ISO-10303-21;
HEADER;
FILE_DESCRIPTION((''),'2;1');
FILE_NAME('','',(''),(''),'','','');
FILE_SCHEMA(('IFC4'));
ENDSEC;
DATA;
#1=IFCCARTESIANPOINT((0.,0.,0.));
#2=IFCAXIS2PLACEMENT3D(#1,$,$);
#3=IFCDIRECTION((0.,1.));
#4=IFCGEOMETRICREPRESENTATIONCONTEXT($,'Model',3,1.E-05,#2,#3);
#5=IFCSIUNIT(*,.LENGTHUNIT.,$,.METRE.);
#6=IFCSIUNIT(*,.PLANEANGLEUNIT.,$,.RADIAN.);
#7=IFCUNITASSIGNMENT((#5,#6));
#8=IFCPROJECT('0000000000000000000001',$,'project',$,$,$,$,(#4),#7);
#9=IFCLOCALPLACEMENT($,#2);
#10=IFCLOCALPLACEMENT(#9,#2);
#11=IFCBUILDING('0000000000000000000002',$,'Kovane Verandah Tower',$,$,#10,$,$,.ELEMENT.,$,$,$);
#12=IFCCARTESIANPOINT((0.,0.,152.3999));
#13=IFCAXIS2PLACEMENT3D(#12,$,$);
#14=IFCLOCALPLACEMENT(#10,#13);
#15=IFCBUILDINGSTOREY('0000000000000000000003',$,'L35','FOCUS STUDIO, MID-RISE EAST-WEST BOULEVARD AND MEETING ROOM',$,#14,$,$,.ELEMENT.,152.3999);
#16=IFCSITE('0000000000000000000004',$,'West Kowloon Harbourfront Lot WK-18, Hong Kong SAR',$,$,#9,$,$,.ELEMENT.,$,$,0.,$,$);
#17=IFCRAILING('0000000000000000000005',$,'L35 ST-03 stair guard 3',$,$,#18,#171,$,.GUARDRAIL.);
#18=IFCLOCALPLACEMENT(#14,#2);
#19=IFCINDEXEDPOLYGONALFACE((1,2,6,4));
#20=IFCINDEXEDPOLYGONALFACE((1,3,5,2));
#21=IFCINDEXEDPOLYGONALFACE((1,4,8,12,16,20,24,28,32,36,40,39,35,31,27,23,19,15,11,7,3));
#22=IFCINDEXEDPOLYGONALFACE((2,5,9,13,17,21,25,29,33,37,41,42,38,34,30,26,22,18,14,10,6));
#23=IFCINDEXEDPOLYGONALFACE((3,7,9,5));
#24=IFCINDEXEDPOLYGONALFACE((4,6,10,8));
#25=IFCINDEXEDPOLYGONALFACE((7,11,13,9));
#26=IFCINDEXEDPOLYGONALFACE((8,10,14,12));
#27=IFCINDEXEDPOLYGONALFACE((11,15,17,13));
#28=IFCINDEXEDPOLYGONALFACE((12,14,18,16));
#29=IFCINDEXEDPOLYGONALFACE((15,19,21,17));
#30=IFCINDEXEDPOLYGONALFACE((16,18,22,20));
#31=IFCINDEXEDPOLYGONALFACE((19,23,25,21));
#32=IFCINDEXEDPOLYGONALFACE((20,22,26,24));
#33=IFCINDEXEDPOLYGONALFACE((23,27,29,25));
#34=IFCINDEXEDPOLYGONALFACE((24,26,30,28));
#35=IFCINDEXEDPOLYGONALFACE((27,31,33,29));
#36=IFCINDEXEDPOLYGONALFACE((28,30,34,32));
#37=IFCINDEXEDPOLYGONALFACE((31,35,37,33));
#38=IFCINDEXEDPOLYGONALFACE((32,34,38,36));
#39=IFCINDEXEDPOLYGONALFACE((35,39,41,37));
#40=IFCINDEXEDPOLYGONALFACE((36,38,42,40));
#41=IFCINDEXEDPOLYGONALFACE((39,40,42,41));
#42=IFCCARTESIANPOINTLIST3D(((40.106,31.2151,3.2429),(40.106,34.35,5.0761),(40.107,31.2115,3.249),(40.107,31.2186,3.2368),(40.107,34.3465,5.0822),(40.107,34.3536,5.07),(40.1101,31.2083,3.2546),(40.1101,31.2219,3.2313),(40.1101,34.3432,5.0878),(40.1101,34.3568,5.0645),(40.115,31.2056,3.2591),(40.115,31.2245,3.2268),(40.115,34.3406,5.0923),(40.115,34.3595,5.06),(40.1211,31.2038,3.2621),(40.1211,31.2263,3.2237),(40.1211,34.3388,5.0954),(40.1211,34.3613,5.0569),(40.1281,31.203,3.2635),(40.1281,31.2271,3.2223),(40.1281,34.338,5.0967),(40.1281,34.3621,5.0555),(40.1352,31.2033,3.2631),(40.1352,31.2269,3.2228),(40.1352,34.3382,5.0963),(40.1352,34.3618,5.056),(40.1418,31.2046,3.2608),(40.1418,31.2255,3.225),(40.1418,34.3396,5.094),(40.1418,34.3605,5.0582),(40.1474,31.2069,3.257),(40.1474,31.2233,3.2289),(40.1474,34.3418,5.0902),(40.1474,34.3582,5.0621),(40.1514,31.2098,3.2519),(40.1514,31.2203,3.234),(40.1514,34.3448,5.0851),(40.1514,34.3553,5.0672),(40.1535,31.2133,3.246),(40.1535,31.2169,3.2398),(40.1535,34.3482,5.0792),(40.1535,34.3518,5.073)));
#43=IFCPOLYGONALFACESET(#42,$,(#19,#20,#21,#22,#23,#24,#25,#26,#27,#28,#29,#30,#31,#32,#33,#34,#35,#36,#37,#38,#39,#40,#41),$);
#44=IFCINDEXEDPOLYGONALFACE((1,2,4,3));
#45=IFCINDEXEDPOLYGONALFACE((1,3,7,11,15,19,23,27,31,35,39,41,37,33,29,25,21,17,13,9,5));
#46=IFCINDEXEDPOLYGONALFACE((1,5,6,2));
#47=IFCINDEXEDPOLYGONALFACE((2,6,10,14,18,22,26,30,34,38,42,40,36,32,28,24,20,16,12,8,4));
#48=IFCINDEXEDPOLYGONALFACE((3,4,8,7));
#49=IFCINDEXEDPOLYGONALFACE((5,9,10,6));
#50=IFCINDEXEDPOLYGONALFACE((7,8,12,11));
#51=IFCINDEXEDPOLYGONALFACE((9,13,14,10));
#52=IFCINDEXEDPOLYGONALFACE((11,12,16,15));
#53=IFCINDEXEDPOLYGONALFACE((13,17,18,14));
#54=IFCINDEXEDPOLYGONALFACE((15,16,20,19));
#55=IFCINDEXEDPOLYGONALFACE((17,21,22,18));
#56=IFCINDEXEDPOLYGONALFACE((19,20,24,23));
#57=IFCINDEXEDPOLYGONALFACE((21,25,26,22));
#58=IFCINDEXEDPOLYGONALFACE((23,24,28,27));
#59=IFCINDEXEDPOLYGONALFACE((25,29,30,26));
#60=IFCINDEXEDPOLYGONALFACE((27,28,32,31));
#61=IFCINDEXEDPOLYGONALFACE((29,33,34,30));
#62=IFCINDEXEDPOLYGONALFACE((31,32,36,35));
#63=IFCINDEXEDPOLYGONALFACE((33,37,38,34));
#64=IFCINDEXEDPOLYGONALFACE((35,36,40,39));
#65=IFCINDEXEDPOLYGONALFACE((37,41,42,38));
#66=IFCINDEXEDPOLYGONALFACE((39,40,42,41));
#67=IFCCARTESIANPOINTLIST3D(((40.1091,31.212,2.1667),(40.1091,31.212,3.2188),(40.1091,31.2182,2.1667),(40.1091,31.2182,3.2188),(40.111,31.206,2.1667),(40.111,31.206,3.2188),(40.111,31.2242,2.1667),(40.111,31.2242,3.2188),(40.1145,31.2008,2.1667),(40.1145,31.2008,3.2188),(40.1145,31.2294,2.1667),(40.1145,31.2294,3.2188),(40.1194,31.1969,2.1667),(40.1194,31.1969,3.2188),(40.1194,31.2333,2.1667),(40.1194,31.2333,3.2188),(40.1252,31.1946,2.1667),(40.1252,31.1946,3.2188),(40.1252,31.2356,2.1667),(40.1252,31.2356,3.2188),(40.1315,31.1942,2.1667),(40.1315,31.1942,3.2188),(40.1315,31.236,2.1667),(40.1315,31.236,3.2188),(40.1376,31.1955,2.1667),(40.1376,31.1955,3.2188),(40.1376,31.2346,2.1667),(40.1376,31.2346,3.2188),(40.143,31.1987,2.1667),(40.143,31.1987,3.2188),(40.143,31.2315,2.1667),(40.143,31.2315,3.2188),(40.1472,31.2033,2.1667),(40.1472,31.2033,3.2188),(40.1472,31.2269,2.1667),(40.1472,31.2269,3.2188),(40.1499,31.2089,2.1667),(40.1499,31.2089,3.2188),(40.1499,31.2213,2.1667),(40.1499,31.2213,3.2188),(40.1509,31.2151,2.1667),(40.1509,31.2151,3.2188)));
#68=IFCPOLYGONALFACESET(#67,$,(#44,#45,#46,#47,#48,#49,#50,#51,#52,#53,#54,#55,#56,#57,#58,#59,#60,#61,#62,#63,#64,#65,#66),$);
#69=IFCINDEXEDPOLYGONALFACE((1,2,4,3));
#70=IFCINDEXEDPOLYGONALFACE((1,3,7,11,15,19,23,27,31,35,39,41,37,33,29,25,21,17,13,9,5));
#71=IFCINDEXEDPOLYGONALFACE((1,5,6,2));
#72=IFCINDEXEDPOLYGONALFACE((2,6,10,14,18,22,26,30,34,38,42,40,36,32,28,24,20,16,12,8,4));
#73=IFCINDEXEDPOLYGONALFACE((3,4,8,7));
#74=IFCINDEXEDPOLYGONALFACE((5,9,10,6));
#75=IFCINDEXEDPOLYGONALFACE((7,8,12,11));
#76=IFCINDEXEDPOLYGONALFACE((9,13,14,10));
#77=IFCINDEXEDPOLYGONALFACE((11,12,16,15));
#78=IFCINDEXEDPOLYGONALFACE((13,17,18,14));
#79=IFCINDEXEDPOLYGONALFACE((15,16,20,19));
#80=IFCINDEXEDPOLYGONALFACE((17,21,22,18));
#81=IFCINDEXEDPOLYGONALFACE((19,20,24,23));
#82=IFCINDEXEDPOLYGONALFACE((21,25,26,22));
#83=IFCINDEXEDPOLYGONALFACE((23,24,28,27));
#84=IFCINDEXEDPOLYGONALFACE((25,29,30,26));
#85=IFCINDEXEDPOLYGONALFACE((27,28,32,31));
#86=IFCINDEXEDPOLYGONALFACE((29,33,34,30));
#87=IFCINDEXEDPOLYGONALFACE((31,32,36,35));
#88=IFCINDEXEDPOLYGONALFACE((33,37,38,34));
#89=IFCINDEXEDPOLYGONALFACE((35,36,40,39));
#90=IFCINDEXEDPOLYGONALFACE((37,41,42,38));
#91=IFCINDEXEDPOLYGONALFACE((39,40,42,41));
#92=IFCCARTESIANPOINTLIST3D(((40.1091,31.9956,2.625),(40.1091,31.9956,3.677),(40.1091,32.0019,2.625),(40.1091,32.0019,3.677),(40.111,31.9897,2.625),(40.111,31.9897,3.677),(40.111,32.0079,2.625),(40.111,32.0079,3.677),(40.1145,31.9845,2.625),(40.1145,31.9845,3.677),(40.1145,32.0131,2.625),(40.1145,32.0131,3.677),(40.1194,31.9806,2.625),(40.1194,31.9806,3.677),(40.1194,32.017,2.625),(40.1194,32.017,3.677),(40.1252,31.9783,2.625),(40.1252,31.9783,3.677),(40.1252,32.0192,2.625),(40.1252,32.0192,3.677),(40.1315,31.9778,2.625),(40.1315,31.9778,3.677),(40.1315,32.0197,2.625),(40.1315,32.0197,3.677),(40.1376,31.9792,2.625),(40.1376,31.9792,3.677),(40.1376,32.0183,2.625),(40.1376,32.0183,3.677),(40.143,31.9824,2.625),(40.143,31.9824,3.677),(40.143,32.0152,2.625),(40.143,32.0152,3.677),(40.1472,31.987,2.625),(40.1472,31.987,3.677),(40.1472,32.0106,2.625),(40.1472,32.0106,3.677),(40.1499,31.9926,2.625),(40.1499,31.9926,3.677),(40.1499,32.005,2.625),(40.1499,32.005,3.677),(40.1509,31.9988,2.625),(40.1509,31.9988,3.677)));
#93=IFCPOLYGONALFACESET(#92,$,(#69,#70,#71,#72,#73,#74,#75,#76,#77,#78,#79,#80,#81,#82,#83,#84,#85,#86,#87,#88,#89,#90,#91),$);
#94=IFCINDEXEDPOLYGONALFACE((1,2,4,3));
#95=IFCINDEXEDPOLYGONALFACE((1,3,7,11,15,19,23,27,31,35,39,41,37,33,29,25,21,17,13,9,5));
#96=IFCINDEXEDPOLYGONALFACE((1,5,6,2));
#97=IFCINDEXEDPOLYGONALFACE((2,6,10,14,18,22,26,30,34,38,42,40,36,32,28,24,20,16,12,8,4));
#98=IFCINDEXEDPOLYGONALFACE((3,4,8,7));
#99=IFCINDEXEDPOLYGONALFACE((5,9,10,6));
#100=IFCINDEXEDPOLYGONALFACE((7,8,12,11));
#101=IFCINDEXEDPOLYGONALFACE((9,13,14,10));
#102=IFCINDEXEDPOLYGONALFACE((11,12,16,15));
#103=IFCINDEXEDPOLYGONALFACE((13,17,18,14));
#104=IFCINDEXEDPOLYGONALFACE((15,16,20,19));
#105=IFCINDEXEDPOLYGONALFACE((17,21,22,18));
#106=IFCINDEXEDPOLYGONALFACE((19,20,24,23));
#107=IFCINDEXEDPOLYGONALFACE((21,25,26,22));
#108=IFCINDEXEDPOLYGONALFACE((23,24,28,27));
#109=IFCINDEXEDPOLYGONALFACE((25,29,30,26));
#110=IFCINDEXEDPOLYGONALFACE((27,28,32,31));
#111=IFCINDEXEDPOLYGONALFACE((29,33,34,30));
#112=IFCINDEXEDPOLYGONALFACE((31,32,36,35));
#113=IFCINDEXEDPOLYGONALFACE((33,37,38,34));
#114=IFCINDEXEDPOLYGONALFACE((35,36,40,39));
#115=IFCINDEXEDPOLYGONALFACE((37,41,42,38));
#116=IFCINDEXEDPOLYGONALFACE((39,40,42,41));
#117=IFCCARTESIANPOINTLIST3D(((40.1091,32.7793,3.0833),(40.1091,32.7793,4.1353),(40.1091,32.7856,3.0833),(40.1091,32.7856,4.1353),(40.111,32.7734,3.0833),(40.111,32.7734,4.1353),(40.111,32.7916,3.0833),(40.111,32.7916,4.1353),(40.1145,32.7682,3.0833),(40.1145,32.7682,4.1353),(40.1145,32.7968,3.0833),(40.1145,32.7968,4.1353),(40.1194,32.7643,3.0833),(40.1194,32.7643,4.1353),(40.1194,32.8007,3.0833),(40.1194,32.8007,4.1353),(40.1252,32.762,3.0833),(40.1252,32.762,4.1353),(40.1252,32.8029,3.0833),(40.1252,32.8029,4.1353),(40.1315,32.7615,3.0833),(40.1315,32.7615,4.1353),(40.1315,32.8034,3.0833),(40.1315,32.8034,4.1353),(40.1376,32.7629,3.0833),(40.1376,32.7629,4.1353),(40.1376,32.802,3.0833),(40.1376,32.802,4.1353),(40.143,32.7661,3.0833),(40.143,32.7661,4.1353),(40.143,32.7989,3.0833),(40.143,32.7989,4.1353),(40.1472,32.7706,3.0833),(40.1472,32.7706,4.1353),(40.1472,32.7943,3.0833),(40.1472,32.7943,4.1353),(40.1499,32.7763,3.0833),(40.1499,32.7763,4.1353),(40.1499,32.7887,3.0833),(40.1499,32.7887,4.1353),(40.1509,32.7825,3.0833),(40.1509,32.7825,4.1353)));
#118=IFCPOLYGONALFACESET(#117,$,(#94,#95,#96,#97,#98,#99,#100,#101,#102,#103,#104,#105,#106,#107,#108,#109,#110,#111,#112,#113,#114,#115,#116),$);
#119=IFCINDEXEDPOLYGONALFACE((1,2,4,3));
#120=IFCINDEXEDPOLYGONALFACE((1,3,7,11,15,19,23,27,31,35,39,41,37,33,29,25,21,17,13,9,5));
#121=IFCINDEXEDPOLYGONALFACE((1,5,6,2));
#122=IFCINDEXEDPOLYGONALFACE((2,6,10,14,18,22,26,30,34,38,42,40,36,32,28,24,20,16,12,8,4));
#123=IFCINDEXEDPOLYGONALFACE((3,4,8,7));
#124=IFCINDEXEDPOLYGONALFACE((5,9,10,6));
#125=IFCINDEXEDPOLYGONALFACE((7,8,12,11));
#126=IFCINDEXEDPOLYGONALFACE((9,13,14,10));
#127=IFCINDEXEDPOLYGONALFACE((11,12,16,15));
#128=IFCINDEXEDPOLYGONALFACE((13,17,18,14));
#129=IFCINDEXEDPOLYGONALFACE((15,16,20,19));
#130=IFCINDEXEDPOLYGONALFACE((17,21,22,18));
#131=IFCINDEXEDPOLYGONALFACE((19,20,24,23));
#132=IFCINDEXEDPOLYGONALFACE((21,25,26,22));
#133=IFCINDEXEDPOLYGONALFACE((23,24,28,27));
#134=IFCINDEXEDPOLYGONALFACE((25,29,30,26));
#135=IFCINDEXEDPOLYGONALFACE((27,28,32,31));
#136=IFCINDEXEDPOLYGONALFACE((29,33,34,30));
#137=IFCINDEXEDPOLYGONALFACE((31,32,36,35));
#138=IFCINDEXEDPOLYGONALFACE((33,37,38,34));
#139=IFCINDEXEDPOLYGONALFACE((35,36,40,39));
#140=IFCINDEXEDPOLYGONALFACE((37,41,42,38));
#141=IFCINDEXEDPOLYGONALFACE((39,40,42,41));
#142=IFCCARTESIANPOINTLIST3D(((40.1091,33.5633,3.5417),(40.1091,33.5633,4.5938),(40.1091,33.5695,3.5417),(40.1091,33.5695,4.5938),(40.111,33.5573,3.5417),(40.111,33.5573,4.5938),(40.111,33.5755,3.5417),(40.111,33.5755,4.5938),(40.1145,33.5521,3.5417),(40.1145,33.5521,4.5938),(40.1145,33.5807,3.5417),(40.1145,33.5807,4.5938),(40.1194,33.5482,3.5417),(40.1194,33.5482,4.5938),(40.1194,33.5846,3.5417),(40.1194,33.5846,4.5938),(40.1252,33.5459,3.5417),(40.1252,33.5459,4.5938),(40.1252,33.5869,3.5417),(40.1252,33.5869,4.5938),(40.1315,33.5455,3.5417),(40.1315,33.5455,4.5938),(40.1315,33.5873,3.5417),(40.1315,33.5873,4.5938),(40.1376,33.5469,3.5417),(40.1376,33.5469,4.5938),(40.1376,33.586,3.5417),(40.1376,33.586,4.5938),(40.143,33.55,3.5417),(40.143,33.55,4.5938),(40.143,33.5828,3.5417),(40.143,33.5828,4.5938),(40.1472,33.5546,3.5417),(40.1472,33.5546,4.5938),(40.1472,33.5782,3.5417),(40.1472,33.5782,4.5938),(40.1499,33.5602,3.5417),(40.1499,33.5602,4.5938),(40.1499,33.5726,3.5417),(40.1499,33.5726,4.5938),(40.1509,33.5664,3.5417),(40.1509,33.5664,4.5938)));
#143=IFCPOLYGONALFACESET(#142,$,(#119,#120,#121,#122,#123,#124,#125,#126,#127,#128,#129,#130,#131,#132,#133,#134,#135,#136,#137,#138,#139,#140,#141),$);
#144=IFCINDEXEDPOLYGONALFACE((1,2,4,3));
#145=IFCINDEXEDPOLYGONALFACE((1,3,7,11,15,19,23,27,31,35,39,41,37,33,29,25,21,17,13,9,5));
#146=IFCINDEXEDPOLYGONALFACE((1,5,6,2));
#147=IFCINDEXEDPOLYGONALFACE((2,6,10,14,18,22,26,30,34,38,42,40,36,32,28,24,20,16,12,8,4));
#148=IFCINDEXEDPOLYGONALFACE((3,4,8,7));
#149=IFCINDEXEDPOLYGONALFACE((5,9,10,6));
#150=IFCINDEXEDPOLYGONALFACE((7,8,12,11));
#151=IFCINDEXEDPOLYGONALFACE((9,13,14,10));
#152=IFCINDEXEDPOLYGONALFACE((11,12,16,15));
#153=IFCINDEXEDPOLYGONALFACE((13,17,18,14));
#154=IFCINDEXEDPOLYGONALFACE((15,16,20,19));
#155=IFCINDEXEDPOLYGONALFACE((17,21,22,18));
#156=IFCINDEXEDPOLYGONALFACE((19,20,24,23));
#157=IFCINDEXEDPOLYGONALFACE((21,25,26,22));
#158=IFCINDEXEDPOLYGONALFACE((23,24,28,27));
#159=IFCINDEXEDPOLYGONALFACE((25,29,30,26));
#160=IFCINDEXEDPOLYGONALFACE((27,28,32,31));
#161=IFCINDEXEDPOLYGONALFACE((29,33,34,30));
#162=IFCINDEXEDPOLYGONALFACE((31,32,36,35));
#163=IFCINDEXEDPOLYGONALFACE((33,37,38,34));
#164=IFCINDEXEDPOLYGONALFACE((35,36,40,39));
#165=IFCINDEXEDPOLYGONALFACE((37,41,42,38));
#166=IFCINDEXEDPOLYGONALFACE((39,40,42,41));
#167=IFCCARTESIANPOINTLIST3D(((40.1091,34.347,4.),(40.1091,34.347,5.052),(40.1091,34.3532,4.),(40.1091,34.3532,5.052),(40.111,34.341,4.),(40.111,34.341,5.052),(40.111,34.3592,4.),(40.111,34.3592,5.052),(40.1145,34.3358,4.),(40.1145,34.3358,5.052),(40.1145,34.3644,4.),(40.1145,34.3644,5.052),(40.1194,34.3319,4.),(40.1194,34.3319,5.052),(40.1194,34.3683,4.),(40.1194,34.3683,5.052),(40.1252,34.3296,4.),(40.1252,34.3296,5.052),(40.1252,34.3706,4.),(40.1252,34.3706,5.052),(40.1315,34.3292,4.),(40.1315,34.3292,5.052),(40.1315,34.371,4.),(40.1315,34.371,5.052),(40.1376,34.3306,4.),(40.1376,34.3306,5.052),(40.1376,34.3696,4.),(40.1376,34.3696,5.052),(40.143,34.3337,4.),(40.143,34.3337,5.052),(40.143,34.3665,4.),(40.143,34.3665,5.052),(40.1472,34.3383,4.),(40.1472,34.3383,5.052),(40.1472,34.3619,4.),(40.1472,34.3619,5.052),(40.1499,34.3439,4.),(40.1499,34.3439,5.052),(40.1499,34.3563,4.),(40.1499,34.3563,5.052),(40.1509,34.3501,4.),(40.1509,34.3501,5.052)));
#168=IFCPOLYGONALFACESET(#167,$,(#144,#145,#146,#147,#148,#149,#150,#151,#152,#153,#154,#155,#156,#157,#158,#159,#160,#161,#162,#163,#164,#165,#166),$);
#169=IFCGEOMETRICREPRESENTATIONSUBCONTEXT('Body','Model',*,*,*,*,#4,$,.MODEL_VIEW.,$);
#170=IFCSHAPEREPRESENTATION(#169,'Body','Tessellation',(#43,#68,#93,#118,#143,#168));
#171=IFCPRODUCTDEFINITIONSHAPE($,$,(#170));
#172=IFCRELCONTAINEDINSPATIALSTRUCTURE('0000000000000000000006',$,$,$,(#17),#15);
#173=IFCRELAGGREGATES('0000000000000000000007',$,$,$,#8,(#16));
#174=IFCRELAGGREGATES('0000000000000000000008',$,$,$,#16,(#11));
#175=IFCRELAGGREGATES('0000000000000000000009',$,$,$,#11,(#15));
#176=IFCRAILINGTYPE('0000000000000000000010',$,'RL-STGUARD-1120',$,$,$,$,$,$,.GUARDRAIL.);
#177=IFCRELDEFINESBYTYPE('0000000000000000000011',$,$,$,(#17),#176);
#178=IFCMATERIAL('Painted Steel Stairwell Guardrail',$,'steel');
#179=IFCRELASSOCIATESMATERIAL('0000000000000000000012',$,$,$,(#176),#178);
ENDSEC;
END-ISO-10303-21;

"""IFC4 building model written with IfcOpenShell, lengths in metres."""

from ifc_helpers import new_model, si_unit, direction, frame, origin, origin_2d, place, context, subcontext, project, spatial, circle, extrude, material, type_object, element, save


model = new_model("IFC4")

# Units and contexts
model_context = context("Model", 3, precision=1e-05, world=origin(), true_north=direction((0.0, 1.0)))
body_context = subcontext(model_context, "Body", "Model", "MODEL_VIEW")
ifc_project = project(units=[si_unit("LENGTHUNIT", "METRE"), si_unit("PLANEANGLEUNIT", "RADIAN")], contexts=[model_context])

# Site, building, storey
site_placement = place(None, origin())
site = spatial("IfcSite", under=ifc_project, at=site_placement, Name="West Kowloon Harbourfront Lot WK-18, Hong Kong SAR", CompositionType="ELEMENT", RefElevation=0.0)
building_placement = place(site_placement, origin())
building = spatial("IfcBuilding", under=site, at=building_placement, Name="Kovane Verandah Tower", CompositionType="ELEMENT")
storey_placement = place(building_placement, frame((0.0, 0.0, 152.3999)))
storey = spatial("IfcBuildingStorey", under=building, at=storey_placement, Name="L35", Description="FOCUS STUDIO, MID-RISE EAST-WEST BOULEVARD AND MEETING ROOM", CompositionType="ELEMENT", Elevation=152.3999)

# Railing
ifc_material_1 = material(Name="Painted Steel Stairwell Guardrail", Category="steel")
railing_type_1 = type_object("IfcRailingType", Name="RL-STGUARD-1120", PredefinedType="GUARDRAIL", material=ifc_material_1)
railing_1_placement = place(storey_placement, frame((40.1299, 31.2151, 2.1667)))
element("IfcRailing", 1, at=railing_1_placement, inside=storey, type_object=railing_type_1, Name="L35 ST-03 stair guard 3", PredefinedType="GUARDRAIL", context=body_context, shape_type="SweptSolid", body=[
    extrude(circle(Radius=0.0239, at=origin_2d()), frame((0.0, 0.0, 1.0762), z_axis=(0.0, 0.86324, 0.504794), x_axis=(-1.0, 0.0, 0.0)), (0.0, 0.0, 1.0), 3.6316),
    extrude(circle(Radius=0.021, at=origin_2d()), origin(), (0.0, 0.0, 1.0), 1.052),
    extrude(circle(Radius=0.021, at=origin_2d()), frame((0.0, 0.7837, 0.4583)), (0.0, 0.0, 1.0), 1.052),
    extrude(circle(Radius=0.021, at=origin_2d()), frame((0.0, 1.5674, 0.9165)), (0.0, 0.0, 1.0), 1.052),
    extrude(circle(Radius=0.021, at=origin_2d()), frame((0.0, 2.3513, 1.375)), (0.0, 0.0, 1.0), 1.052),
    extrude(circle(Radius=0.021, at=origin_2d()), frame((0.0, 3.135, 1.8333)), (0.0, 0.0, 1.0), 1.052),
])

save(model, "model.ifc")
